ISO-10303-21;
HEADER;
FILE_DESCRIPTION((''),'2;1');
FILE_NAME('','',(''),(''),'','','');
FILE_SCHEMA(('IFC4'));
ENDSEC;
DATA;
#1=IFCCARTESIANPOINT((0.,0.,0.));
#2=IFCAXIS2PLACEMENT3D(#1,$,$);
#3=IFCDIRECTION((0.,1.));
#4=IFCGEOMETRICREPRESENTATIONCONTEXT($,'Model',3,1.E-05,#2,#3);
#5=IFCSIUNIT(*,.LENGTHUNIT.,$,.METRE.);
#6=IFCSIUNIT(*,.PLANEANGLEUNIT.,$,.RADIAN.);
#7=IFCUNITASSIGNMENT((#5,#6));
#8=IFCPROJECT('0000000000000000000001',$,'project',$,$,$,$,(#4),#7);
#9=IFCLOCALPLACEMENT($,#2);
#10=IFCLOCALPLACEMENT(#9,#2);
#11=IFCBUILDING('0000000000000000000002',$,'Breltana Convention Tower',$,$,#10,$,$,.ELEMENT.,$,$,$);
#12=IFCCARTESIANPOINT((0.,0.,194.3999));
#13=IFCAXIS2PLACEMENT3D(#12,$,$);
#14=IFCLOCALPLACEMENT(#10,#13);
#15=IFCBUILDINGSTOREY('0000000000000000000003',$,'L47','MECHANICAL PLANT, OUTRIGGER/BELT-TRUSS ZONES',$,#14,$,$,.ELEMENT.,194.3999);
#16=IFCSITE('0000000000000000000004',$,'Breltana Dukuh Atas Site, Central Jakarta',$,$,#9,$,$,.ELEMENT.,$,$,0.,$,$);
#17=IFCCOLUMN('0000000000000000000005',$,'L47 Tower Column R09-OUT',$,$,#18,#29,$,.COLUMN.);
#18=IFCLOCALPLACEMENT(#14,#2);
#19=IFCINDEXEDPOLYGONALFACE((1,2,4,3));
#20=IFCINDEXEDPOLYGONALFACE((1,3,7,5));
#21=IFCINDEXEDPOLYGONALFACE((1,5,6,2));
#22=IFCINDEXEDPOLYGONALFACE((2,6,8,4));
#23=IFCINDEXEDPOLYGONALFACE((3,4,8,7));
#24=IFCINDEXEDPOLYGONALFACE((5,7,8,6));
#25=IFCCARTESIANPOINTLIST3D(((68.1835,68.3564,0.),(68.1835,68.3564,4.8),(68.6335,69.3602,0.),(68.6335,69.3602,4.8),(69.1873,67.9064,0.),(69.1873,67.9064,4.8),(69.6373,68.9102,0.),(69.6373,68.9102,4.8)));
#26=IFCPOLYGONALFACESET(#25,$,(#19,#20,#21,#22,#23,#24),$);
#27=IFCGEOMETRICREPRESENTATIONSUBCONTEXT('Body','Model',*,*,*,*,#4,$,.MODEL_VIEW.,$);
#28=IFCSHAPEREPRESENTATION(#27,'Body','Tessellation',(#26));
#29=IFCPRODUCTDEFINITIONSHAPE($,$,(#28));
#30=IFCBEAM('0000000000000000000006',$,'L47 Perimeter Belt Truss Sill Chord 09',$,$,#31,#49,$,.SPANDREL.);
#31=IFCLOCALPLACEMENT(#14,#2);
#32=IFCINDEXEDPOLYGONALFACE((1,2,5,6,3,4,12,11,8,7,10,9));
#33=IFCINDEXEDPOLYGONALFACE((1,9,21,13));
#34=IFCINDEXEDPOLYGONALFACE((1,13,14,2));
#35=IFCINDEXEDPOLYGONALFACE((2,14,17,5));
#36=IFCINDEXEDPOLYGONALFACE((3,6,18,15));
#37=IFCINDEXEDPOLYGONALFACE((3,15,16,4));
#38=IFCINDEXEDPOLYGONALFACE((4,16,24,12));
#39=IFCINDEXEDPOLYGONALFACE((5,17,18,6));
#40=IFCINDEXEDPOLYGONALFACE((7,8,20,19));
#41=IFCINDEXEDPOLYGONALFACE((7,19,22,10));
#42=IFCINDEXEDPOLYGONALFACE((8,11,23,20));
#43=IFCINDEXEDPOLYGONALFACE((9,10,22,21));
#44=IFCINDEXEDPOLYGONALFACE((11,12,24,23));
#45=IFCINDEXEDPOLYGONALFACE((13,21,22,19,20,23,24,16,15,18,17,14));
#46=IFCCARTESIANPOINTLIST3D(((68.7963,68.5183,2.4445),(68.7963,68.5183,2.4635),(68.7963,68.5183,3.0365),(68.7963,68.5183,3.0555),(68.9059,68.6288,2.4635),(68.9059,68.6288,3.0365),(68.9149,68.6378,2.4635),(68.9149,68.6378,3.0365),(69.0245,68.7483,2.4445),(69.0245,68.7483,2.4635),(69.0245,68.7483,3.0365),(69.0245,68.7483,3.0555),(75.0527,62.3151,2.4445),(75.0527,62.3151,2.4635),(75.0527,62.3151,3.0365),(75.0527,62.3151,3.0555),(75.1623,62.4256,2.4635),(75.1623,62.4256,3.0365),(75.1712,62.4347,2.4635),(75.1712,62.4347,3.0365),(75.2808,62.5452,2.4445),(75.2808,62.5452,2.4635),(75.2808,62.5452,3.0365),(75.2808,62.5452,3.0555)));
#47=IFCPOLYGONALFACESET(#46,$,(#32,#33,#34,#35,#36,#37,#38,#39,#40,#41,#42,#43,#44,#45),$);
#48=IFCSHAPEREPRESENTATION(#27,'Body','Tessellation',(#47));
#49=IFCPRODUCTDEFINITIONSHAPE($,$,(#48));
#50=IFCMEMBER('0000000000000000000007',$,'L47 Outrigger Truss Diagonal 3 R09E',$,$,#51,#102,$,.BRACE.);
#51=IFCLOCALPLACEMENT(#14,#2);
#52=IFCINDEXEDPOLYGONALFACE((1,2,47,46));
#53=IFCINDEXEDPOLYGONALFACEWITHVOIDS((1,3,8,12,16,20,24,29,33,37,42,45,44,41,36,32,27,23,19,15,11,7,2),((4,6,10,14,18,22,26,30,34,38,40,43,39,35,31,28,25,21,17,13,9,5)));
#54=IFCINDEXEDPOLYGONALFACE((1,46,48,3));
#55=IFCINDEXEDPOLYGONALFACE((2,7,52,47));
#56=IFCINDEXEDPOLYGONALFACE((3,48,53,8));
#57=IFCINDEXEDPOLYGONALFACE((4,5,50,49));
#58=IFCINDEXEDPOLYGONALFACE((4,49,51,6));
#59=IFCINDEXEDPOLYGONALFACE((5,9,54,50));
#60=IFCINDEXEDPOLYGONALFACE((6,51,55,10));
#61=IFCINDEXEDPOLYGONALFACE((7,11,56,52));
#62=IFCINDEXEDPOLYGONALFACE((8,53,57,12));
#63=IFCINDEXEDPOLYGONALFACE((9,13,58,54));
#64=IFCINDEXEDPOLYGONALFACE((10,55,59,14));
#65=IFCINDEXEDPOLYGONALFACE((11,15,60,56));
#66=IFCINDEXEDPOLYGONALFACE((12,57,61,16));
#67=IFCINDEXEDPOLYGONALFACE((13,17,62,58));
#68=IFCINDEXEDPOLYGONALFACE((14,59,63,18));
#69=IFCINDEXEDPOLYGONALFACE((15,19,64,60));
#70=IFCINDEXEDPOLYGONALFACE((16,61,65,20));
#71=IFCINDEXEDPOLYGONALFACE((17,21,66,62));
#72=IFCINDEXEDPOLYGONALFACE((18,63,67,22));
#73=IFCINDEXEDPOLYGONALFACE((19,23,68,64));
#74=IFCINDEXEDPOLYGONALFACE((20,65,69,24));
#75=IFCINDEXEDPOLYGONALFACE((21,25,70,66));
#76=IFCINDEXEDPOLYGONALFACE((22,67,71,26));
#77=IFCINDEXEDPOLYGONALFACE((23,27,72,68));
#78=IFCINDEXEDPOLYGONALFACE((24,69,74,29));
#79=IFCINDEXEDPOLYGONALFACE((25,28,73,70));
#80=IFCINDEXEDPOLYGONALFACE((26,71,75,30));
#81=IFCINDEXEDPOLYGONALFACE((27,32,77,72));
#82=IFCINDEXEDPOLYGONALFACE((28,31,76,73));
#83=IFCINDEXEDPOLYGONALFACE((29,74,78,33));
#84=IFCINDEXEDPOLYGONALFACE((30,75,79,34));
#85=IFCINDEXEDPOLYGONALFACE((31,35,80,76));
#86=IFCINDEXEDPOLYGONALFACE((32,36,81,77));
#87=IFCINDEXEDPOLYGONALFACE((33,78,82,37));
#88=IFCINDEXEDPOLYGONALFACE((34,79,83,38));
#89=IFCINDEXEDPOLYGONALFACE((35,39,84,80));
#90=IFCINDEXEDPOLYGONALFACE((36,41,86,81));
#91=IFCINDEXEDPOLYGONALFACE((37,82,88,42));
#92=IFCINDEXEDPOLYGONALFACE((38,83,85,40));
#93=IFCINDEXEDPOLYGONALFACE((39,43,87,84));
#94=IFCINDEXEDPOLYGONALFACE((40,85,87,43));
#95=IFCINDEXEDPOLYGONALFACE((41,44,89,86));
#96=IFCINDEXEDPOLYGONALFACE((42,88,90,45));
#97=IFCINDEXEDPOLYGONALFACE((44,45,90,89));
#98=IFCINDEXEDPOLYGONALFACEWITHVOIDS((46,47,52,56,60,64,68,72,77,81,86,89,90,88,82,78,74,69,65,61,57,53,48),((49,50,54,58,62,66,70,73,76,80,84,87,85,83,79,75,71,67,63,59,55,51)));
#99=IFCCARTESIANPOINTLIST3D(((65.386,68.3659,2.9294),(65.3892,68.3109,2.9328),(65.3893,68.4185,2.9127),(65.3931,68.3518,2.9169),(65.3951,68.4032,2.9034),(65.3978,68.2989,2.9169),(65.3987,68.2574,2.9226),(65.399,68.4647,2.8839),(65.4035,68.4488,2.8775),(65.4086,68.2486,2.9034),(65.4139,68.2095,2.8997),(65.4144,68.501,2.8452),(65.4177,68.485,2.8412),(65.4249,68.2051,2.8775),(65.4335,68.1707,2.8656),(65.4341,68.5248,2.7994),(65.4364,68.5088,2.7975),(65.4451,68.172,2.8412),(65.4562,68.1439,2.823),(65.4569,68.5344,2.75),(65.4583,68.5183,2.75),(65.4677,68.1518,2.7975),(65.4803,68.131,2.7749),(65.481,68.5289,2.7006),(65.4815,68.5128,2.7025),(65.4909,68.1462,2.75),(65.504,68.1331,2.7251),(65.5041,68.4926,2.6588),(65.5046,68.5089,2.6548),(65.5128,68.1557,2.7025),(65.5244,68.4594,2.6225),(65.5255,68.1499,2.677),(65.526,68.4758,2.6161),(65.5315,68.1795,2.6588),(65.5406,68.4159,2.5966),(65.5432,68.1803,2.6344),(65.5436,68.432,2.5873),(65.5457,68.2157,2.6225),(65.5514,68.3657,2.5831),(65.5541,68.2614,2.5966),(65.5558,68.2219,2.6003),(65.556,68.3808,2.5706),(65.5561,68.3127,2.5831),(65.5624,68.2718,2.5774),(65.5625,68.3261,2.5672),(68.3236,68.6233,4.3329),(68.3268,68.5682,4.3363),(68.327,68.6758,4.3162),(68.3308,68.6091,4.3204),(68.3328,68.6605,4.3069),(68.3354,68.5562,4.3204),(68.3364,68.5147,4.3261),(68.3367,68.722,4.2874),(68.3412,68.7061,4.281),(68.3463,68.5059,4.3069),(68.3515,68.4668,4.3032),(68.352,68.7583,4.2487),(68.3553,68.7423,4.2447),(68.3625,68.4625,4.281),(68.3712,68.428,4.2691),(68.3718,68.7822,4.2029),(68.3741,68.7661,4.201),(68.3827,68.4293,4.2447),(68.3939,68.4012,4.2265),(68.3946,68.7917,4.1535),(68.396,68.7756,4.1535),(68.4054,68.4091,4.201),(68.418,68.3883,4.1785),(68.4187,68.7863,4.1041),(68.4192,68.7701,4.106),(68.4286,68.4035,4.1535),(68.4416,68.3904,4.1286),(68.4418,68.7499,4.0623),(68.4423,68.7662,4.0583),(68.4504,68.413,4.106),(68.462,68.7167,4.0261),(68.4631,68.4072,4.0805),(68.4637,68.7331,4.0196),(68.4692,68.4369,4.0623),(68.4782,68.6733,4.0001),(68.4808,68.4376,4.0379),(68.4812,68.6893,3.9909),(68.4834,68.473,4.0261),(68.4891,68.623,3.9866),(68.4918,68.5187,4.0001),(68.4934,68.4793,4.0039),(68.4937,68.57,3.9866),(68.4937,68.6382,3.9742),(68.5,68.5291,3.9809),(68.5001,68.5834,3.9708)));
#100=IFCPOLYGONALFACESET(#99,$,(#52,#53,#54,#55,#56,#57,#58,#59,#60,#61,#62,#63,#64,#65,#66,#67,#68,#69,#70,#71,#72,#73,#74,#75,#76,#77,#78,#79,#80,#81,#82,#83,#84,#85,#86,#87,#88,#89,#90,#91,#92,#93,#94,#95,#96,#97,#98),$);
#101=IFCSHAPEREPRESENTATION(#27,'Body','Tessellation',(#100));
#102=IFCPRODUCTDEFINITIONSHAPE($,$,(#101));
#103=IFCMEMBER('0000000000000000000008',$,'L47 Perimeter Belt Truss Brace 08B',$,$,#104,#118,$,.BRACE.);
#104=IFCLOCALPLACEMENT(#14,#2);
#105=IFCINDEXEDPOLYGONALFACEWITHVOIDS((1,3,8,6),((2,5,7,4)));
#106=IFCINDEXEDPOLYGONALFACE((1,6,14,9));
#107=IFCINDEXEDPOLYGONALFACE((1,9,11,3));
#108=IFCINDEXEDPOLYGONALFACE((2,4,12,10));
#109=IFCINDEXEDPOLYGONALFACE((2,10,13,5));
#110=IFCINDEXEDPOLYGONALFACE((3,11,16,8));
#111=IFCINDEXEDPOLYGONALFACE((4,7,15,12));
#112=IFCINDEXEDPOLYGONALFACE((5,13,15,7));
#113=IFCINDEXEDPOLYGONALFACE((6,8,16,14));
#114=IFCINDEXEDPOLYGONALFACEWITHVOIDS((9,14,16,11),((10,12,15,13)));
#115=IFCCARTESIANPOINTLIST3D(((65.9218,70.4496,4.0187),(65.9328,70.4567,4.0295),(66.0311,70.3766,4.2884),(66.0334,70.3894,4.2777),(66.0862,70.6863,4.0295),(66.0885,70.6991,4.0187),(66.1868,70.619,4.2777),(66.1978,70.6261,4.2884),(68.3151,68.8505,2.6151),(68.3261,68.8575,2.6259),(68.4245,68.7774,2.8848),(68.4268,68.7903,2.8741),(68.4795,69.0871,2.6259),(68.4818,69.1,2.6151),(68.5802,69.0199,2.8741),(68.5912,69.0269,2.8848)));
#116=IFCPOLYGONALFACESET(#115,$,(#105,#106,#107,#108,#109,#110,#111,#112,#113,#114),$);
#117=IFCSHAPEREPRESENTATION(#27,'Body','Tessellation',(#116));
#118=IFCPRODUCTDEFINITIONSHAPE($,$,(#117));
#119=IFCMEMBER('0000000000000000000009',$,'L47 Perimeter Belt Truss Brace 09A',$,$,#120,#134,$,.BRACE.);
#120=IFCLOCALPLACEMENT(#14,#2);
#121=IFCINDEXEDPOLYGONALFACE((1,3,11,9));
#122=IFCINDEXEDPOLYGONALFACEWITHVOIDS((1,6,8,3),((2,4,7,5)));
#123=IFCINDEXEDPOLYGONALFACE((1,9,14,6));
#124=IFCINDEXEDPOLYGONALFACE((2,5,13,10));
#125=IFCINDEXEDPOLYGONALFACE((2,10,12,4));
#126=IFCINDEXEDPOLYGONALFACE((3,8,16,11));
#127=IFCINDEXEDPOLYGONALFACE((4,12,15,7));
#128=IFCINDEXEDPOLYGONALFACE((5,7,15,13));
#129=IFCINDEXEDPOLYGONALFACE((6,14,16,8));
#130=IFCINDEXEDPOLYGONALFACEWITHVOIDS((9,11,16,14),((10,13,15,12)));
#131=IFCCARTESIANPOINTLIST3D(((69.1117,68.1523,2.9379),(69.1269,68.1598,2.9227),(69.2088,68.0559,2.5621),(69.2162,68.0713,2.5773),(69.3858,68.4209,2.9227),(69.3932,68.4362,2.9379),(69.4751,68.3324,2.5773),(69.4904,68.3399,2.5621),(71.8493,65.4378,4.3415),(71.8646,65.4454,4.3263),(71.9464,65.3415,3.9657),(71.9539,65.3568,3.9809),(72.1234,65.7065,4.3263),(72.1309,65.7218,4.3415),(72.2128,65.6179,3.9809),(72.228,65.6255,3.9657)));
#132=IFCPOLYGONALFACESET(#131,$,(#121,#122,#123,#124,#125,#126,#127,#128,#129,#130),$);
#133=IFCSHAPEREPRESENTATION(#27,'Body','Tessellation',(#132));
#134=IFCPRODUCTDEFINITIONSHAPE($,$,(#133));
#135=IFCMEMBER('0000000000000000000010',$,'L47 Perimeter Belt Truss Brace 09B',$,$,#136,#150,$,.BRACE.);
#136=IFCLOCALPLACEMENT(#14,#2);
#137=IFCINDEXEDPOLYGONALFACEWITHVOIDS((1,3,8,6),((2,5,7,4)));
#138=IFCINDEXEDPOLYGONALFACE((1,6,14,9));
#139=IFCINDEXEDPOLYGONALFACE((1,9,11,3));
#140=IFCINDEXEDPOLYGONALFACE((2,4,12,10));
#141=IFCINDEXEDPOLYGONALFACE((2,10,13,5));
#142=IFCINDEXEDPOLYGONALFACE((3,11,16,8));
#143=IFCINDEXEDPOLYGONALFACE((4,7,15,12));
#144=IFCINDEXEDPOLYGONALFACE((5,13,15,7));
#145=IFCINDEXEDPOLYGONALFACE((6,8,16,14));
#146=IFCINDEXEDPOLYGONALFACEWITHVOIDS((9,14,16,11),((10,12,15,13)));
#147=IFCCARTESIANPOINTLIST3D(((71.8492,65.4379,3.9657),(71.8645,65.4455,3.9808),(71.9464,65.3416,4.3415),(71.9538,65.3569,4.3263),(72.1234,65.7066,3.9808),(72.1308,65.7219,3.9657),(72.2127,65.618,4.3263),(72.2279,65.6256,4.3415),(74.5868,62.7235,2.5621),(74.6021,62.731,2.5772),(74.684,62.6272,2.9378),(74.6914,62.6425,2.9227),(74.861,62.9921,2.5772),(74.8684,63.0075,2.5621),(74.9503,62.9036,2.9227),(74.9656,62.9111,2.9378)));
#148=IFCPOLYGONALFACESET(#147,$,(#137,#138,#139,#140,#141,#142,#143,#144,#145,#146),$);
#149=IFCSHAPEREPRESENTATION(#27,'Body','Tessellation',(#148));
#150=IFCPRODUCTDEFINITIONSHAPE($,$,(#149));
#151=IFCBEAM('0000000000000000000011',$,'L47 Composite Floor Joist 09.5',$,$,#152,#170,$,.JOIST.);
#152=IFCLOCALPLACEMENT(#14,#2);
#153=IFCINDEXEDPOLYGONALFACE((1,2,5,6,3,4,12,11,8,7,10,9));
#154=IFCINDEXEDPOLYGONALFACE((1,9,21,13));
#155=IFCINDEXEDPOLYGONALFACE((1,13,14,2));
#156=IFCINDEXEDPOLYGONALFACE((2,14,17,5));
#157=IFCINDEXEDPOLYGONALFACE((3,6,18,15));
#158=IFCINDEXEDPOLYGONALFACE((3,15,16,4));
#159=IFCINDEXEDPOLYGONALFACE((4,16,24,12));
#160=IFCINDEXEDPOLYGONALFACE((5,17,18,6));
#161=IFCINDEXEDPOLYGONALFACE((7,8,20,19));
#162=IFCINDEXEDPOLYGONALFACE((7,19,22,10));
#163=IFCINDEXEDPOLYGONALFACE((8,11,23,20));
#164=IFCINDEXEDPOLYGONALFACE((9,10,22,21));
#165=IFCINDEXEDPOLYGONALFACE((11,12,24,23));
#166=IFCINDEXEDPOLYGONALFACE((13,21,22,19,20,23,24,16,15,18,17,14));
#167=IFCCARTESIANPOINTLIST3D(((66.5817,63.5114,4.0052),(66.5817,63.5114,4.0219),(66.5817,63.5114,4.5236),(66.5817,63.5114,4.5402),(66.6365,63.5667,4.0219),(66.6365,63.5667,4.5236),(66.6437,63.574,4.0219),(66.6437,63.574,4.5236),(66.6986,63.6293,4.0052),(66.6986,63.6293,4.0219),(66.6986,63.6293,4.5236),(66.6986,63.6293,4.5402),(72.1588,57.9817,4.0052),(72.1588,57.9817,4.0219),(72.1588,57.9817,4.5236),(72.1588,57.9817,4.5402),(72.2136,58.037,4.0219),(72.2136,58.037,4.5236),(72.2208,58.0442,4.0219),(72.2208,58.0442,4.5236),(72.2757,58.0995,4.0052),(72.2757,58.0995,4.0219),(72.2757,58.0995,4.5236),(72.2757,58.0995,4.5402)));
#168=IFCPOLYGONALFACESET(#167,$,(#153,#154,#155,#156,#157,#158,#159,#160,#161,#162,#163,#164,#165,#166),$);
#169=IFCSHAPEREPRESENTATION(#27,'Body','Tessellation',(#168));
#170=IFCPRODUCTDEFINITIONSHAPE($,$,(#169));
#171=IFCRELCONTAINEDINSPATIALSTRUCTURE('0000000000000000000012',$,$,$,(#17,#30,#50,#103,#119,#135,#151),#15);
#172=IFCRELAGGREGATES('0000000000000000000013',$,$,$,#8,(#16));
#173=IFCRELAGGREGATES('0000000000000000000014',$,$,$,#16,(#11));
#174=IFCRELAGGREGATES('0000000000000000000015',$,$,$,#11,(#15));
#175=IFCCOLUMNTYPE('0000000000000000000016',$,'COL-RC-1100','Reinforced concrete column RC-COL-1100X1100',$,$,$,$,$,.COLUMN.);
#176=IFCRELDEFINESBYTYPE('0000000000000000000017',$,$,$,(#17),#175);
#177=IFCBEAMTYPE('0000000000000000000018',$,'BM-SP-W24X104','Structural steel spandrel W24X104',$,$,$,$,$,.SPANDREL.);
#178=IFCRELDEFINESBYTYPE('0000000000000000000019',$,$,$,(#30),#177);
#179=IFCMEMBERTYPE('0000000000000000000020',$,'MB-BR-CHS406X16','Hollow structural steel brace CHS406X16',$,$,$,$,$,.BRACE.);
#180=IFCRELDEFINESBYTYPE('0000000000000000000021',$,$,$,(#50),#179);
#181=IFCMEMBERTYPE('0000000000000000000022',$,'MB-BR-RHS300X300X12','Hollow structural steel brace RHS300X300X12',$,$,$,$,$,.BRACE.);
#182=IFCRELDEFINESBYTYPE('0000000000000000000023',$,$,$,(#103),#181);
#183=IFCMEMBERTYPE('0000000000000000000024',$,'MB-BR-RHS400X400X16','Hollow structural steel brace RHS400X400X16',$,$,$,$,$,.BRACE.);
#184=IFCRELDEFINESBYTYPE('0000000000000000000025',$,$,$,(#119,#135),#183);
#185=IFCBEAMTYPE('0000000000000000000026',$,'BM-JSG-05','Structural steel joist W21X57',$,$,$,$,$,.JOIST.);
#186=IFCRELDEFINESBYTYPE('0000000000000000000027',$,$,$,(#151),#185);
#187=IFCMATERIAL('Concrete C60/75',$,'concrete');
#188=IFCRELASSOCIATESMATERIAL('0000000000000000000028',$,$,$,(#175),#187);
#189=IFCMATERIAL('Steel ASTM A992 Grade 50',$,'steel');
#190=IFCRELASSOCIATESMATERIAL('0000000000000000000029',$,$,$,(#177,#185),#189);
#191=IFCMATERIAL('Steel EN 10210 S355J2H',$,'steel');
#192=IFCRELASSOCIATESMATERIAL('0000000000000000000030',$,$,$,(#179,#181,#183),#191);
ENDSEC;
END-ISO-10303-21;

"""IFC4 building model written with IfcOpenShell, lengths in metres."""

from ifc_helpers import new_model, si_unit, direction, frame, origin, origin_2d, place, context, subcontext, project, spatial, rectangle, hollow_rectangle, hollow_circle, i_section, extrude, source, transform, mapped, material, material_profile, profile_set, type_object, element, save


model = new_model("IFC4")

# Units and contexts
model_context = context("Model", 3, precision=1e-05, world=origin(), true_north=direction((0.0, 1.0)))
body_context = subcontext(model_context, "Body", "Model", "MODEL_VIEW")
ifc_project = project(units=[si_unit("LENGTHUNIT", "METRE"), si_unit("PLANEANGLEUNIT", "RADIAN")], contexts=[model_context])

# Site, building, storey
site_placement = place(None, origin())
site = spatial("IfcSite", under=ifc_project, at=site_placement, Name="Breltana Dukuh Atas Site, Central Jakarta", CompositionType="ELEMENT", RefElevation=0.0)
building_placement = place(site_placement, origin())
building = spatial("IfcBuilding", under=site, at=building_placement, Name="Breltana Convention Tower", CompositionType="ELEMENT")
storey_placement = place(building_placement, frame((0.0, 0.0, 194.3999)))
storey = spatial("IfcBuildingStorey", under=building, at=storey_placement, Name="L47", Description="MECHANICAL PLANT, OUTRIGGER/BELT-TRUSS ZONES", CompositionType="ELEMENT", Elevation=194.3999)

# Column
ifc_material_1 = material(Name="Concrete C60/75", Category="concrete")
ifc_material_profile_1 = material_profile(ifc_material_1, rectangle(XDim=1.1001, YDim=1.1001, at=origin_2d()), Name="RC-COL-1100X1100")
ifc_profile_set_1 = profile_set([ifc_material_profile_1], Name="Concrete C60/75")
column_type = type_object("IfcColumnType", Name="COL-RC-1100", Description="Reinforced concrete column RC-COL-1100X1100", PredefinedType="COLUMN", material=ifc_profile_set_1)
shared_shape_1 = source(origin(), body_context, "Body", "SweptSolid", [
    extrude(rectangle(XDim=1.1001, YDim=1.1001, at=origin_2d()), origin(), (0.0, 0.0, 1.0), 4.8),
])
column_placement = place(storey_placement, frame((68.9104, 68.6333, 0.0), z_axis=(0.0, 0.0, 1.0), x_axis=(0.409127, 0.912477, 0.0)))
element("IfcColumn", 1, at=column_placement, inside=storey, type_object=column_type, Name="L47 Tower Column R09-OUT", PredefinedType="COLUMN", context=body_context, shape_type="MappedRepresentation", body=[
    mapped(shared_shape_1, transform((0.0, 0.0, 0.0), scale=1.0)),
])

# Beam
ifc_material_2 = material(Name="Steel ASTM A992 Grade 50", Category="steel")
ifc_material_profile_2 = material_profile(ifc_material_2, i_section(OverallWidth=0.324, OverallDepth=0.6111, WebThickness=0.0127, FlangeThickness=0.019, at=origin_2d()), Name="W24X104")
ifc_profile_set_2 = profile_set([ifc_material_profile_2], Name="Steel ASTM A992 Grade 50")
beam_type_1 = type_object("IfcBeamType", Name="BM-SP-W24X104", Description="Structural steel spandrel W24X104", PredefinedType="SPANDREL", material=ifc_profile_set_2)
shared_shape_2 = source(origin(), body_context, "Body", "SweptSolid", [
    extrude(i_section(OverallWidth=0.324, OverallDepth=0.6111, WebThickness=0.0127, FlangeThickness=0.019, at=origin_2d()), origin(), (0.0, 0.0, 1.0), 8.8103),
])
beam_1_placement = place(storey_placement, frame((68.9104, 68.6333, 2.75), z_axis=(0.710121, -0.70408, 0.0), x_axis=(0.70408, 0.710121, 0.0)))
element("IfcBeam", 2, at=beam_1_placement, inside=storey, type_object=beam_type_1, Name="L47 Perimeter Belt Truss Sill Chord 09", PredefinedType="SPANDREL", context=body_context, shape_type="MappedRepresentation", body=[
    mapped(shared_shape_2, transform((0.0, 0.0, 0.0), scale=1.0)),
])

# Members
ifc_material_3 = material(Name="Steel EN 10210 S355J2H", Category="steel")
ifc_material_profile_3 = material_profile(ifc_material_3, hollow_circle(Radius=0.2029, WallThickness=0.0161, at=origin_2d()), Name="CHS406X16")
ifc_profile_set_3 = profile_set([ifc_material_profile_3], Name="Steel EN 10210 S355J2H")
member_type_1 = type_object("IfcMemberType", Name="MB-BR-CHS406X16", Description="Hollow structural steel brace CHS406X16", PredefinedType="BRACE", material=ifc_profile_set_3)
shared_shape_3 = source(origin(), body_context, "Body", "SweptSolid", [
    extrude(hollow_circle(Radius=0.2029, WallThickness=0.0161, at=origin_2d()), origin(), (0.0, 0.0, 1.0), 3.2659),
])
member_1_placement = place(storey_placement, frame((65.4746, 68.3323, 2.75), z_axis=(0.899502, 0.07879, 0.429754), x_axis=(-0.087258, 0.996186, 0.0)))
element("IfcMember", 3, at=member_1_placement, inside=storey, type_object=member_type_1, Name="L47 Outrigger Truss Diagonal 3 R09E", PredefinedType="BRACE", context=body_context, shape_type="MappedRepresentation", body=[
    mapped(shared_shape_3, transform((0.0, 0.0, 0.0), scale=1.0)),
])
ifc_material_profile_4 = material_profile(ifc_material_3, hollow_rectangle(XDim=0.3, YDim=0.3, WallThickness=0.012, at=origin_2d()), Name="RHS300X300X12")
ifc_profile_set_4 = profile_set([ifc_material_profile_4], Name="Steel EN 10210 S355J2H")
member_type_2 = type_object("IfcMemberType", Name="MB-BR-RHS300X300X12", Description="Hollow structural steel brace RHS300X300X12", PredefinedType="BRACE", material=ifc_profile_set_4)
shared_shape_4 = source(origin(), body_context, "Body", "SweptSolid", [
    extrude(hollow_rectangle(XDim=0.3, YDim=0.3, WallThickness=0.012, at=origin_2d()), origin(), (0.0, 0.0, 1.0), 3.2024),
])
member_2_placement = place(storey_placement, frame((66.0598, 70.5378, 4.1536), z_axis=(0.747358, -0.499357, -0.43829), x_axis=(0.555561, 0.831476, 0.0)))
element("IfcMember", 4, at=member_2_placement, inside=storey, type_object=member_type_2, Name="L47 Perimeter Belt Truss Brace 08B", PredefinedType="BRACE", context=body_context, shape_type="MappedRepresentation", body=[
    mapped(shared_shape_4, transform((0.0, 0.0, 0.0), scale=1.0)),
])
ifc_material_profile_5 = material_profile(ifc_material_3, hollow_rectangle(XDim=0.3999, YDim=0.3999, WallThickness=0.0161, at=origin_2d()), Name="RHS400X400X16")
ifc_profile_set_5 = profile_set([ifc_material_profile_5], Name="Steel EN 10210 S355J2H")
member_type_3 = type_object("IfcMemberType", Name="MB-BR-RHS400X400X16", Description="Hollow structural steel brace RHS400X400X16", PredefinedType="BRACE", material=ifc_profile_set_5)
shared_shape_5 = source(origin(), body_context, "Body", "SweptSolid", [
    extrude(hollow_rectangle(XDim=0.3999, YDim=0.3999, WallThickness=0.0161, at=origin_2d()), origin(), (0.0, 0.0, 1.0), 4.1028),
])
for number, where, z_axis, x_axis, name in (
    (5, (69.301, 68.2461, 2.75), (0.66726, -0.661607, 0.34211), (0.704092, 0.710109, 0.0), "L47 Perimeter Belt Truss Brace 09A"),
    (6, (72.0386, 65.5317, 4.1536), (0.66726, -0.661607, -0.34211), (0.704092, 0.710109, 0.0), "L47 Perimeter Belt Truss Brace 09B"),
):
    element("IfcMember", number, at=place(storey_placement, frame(where, z_axis=z_axis, x_axis=x_axis)), inside=storey, type_object=member_type_3, Name=name, PredefinedType="BRACE", context=body_context, shape_type="MappedRepresentation", body=[
        mapped(shared_shape_5, transform((0.0, 0.0, 0.0), scale=1.0)),
    ])

# Beam
ifc_material_profile_6 = material_profile(ifc_material_2, i_section(OverallWidth=0.166, OverallDepth=0.5349, WebThickness=0.0103, FlangeThickness=0.0166, at=origin_2d()), Name="W21X57")
ifc_profile_set_6 = profile_set([ifc_material_profile_6], Name="Steel ASTM A992 Grade 50")
beam_type_2 = type_object("IfcBeamType", Name="BM-JSG-05", Description="Structural steel joist W21X57", PredefinedType="JOIST", material=ifc_profile_set_6)
shared_shape_6 = source(origin(), body_context, "Body", "SweptSolid", [
    extrude(i_section(OverallWidth=0.166, OverallDepth=0.5349, WebThickness=0.0103, FlangeThickness=0.0166, at=origin_2d()), origin(), (0.0, 0.0, 1.0), 7.8538),
])
beam_2_placement = place(storey_placement, frame((66.6401, 63.5703, 4.2727), z_axis=(0.710116, -0.704085, 0.0), x_axis=(0.704085, 0.710116, 0.0)))
element("IfcBeam", 7, at=beam_2_placement, inside=storey, type_object=beam_type_2, Name="L47 Composite Floor Joist 09.5", PredefinedType="JOIST", context=body_context, shape_type="MappedRepresentation", body=[
    mapped(shared_shape_6, transform((0.0, 0.0, 0.0), scale=1.0)),
])

save(model, "model.ifc")
